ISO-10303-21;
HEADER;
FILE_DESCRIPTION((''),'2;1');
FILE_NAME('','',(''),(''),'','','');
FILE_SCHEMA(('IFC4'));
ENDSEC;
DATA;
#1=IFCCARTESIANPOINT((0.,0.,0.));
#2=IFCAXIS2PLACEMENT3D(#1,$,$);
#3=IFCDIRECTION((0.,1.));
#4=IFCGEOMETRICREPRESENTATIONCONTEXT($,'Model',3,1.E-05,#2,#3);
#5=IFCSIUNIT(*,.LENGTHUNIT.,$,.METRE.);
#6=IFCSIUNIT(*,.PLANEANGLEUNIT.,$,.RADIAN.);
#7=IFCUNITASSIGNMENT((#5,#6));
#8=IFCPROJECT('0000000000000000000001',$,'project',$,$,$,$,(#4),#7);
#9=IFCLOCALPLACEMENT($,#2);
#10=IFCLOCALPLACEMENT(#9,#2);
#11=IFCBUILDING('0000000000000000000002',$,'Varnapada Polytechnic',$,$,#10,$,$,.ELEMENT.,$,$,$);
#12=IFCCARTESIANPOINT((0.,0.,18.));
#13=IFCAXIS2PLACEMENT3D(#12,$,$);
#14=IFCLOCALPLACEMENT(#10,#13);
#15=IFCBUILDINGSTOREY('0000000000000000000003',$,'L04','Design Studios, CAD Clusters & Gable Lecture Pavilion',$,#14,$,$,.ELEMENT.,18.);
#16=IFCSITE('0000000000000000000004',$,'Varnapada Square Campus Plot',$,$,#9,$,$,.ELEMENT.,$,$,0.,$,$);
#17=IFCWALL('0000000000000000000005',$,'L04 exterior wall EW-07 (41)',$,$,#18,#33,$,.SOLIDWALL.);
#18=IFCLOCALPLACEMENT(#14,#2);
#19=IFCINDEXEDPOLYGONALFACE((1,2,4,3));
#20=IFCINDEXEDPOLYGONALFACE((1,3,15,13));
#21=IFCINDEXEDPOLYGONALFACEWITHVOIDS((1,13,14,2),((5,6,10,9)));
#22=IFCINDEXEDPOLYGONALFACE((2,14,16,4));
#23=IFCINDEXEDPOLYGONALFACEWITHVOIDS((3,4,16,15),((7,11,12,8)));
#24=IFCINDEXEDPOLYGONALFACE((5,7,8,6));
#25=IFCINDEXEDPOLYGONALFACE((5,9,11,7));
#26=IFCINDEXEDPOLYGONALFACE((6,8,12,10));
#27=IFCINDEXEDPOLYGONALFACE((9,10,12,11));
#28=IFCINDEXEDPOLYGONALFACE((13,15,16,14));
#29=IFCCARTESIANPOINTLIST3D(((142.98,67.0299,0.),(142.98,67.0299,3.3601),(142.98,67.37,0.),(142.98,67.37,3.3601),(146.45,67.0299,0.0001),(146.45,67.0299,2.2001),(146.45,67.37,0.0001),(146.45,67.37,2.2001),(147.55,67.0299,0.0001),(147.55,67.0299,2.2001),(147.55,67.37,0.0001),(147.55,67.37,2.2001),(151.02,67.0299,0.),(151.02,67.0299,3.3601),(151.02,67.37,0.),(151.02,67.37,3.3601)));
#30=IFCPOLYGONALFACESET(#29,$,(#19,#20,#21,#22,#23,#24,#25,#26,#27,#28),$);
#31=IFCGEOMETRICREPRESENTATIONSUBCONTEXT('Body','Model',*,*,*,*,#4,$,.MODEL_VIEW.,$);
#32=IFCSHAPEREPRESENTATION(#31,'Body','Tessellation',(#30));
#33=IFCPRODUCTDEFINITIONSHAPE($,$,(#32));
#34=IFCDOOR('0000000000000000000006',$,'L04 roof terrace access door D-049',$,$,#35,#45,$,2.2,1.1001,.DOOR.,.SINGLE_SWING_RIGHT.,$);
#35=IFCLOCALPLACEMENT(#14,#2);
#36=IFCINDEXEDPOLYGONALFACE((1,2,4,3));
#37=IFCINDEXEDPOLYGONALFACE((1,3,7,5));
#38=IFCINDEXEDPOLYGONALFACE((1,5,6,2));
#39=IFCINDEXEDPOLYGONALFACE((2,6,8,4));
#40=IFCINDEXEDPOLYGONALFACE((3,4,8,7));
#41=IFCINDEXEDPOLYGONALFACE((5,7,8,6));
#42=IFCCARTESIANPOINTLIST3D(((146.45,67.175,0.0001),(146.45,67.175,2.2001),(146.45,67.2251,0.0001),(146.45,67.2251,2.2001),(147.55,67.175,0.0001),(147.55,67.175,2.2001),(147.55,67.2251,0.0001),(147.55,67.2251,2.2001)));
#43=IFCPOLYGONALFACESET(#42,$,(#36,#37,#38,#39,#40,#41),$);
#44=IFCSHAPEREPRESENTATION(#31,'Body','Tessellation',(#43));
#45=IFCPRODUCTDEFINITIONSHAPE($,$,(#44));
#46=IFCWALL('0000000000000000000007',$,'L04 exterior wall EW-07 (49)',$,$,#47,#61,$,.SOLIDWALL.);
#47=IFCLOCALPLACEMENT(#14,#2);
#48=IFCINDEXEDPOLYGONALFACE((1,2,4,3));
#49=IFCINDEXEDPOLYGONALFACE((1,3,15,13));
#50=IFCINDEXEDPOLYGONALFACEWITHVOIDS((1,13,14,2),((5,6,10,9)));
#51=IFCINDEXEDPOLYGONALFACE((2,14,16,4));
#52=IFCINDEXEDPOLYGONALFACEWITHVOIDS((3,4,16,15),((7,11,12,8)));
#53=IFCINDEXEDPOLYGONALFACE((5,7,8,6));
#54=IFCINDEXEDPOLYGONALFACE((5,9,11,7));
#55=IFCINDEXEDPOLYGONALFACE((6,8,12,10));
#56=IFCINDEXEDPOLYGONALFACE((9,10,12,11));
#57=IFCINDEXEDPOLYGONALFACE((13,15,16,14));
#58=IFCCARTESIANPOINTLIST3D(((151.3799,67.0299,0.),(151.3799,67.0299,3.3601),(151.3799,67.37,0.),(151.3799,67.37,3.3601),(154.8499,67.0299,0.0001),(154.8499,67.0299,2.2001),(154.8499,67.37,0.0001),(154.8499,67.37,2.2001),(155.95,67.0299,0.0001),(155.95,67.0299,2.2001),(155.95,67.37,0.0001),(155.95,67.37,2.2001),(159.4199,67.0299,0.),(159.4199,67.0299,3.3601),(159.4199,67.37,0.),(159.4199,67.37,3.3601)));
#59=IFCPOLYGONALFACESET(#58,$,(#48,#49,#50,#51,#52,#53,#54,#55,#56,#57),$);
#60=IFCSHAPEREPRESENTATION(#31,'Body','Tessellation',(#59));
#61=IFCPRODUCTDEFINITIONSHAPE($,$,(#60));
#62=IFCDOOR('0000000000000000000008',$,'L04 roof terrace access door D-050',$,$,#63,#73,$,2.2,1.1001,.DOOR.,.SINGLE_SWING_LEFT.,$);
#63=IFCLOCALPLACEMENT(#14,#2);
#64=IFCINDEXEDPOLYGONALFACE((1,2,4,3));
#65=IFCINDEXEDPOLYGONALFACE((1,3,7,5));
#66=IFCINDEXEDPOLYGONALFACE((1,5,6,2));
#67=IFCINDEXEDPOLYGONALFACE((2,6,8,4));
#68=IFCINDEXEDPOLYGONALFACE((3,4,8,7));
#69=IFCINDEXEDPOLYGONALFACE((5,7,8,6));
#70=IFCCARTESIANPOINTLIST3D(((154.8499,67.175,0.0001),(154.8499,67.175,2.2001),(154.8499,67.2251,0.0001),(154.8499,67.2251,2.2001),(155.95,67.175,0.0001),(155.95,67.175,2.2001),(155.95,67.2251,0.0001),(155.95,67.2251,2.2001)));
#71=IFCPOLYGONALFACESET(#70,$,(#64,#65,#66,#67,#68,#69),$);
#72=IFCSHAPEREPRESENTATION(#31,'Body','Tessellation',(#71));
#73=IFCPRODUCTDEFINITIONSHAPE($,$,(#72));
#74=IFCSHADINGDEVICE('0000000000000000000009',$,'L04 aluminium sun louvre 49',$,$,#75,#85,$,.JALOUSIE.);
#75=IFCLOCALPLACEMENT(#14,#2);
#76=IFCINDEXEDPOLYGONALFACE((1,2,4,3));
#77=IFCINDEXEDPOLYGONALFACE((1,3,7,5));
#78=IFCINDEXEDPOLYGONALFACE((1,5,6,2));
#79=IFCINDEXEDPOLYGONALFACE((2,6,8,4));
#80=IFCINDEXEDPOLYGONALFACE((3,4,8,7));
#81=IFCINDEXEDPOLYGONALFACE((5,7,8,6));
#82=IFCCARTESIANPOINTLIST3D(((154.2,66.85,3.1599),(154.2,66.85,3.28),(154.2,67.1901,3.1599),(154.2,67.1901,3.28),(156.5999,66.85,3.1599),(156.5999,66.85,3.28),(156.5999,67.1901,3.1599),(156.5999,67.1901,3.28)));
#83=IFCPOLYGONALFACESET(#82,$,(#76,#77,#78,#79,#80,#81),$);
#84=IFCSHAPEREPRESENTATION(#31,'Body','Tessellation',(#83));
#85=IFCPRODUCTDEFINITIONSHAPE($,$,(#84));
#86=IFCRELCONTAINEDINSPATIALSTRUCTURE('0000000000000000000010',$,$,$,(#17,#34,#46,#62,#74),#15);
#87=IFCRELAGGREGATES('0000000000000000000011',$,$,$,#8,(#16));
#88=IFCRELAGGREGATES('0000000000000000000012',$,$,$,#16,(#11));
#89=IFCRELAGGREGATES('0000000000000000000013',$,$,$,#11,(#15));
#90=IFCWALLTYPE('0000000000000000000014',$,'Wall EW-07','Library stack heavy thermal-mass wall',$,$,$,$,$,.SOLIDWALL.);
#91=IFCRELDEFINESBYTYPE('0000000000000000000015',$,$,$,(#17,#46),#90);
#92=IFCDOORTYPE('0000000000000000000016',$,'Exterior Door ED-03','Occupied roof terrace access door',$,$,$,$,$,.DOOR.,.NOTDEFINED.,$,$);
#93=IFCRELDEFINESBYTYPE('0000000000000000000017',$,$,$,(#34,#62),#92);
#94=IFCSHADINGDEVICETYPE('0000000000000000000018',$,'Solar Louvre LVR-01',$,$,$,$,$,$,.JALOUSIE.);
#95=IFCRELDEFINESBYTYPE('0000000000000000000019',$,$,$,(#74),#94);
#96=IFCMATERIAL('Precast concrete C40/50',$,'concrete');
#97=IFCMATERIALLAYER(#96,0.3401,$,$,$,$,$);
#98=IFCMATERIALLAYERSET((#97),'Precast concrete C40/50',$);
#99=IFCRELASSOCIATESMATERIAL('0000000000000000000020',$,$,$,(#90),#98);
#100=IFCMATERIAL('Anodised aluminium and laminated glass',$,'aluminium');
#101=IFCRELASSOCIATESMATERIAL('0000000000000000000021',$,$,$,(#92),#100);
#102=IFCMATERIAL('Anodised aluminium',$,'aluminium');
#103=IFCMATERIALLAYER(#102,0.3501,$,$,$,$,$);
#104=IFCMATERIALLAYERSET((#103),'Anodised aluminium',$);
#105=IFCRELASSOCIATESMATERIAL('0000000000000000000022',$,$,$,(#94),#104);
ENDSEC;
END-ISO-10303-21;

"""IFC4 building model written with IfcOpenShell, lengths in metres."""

from ifc_helpers import new_model, si_unit, direction, frame, frame_2d, origin, origin_2d, place, context, subcontext, project, spatial, rectangle, extrude, material, layer, layer_set, type_object, element, fill, save


model = new_model("IFC4")

# Units and contexts
model_context = context("Model", 3, precision=1e-05, world=origin(), true_north=direction((0.0, 1.0)))
body_context = subcontext(model_context, "Body", "Model", "MODEL_VIEW")
ifc_project = project(units=[si_unit("LENGTHUNIT", "METRE"), si_unit("PLANEANGLEUNIT", "RADIAN")], contexts=[model_context])

# Site, building, storey
site_placement = place(None, origin())
site = spatial("IfcSite", under=ifc_project, at=site_placement, Name="Varnapada Square Campus Plot", CompositionType="ELEMENT", RefElevation=0.0)
building_placement = place(site_placement, origin())
building = spatial("IfcBuilding", under=site, at=building_placement, Name="Varnapada Polytechnic", CompositionType="ELEMENT")
storey_placement = place(building_placement, frame((0.0, 0.0, 18.0)))
storey = spatial("IfcBuildingStorey", under=building, at=storey_placement, Name="L04", Description="Design Studios, CAD Clusters & Gable Lecture Pavilion", CompositionType="ELEMENT", Elevation=18.0)

# Walls, openings, doors
ifc_material_1 = material(Name="Precast concrete C40/50", Category="concrete")
ifc_layer_1 = layer(ifc_material_1, 0.3401)
ifc_layer_set_1 = layer_set([ifc_layer_1], Name="Precast concrete C40/50")
wall_type = type_object("IfcWallType", Name="Wall EW-07", Description="Library stack heavy thermal-mass wall", PredefinedType="SOLIDWALL", material=ifc_layer_set_1)
wall_1_placement = place(storey_placement, frame((151.02, 67.2, 0.0), z_axis=(0.0, 0.0, 1.0), x_axis=(-1.0, 0.0, 0.0)))
wall_1 = element("IfcWall", 1, at=wall_1_placement, inside=storey, type_object=wall_type, Name="L04 exterior wall EW-07 (41)", PredefinedType="SOLIDWALL", context=body_context, shape_type="SweptSolid", body=[
    extrude(rectangle(XDim=8.04, YDim=0.3401, at=frame_2d((4.02, 0.0))), origin(), (0.0, 0.0, 1.0), 3.3601),
])
opening_1_placement = place(wall_1_placement, frame((3.47, 0.0, 0.0)))
opening_1 = element("IfcOpeningElement", 2, at=opening_1_placement, cuts=wall_1, PredefinedType="OPENING", context=body_context, shape_type="SweptSolid", body=[
    extrude(rectangle(XDim=1.1001, YDim=2.2, at=frame_2d((0.55, 1.1001))), frame((0.0, 0.1799, 0.0), z_axis=(0.0, -1.0, 0.0), x_axis=(1.0, 0.0, 0.0)), (0.0, 0.0, 1.0), 0.3601),
])
ifc_material_2 = material(Name="Anodised aluminium and laminated glass", Category="aluminium")
door_type = type_object("IfcDoorType", Name="Exterior Door ED-03", Description="Occupied roof terrace access door", OperationType="NOTDEFINED", PredefinedType="DOOR", material=ifc_material_2)
door_1_placement = place(opening_1_placement, origin())
door_1 = element("IfcDoor", 3, at=door_1_placement, inside=storey, type_object=door_type, Name="L04 roof terrace access door D-049", OperationType="SINGLE_SWING_RIGHT", OverallHeight=2.2, OverallWidth=1.1001, PredefinedType="DOOR", context=body_context, shape_type="SweptSolid", body=[
    extrude(rectangle(XDim=1.1001, YDim=2.2, at=frame_2d((0.55, 1.1001))), frame((0.0, 0.0249, 0.0), z_axis=(0.0, -1.0, 0.0), x_axis=(1.0, 0.0, 0.0)), (0.0, 0.0, 1.0), 0.05),
])
fill(opening_1, door_1)
wall_2_placement = place(storey_placement, frame((159.4199, 67.2, 0.0), z_axis=(0.0, 0.0, 1.0), x_axis=(-1.0, 0.0, 0.0)))
wall_2 = element("IfcWall", 4, at=wall_2_placement, inside=storey, type_object=wall_type, Name="L04 exterior wall EW-07 (49)", PredefinedType="SOLIDWALL", context=body_context, shape_type="SweptSolid", body=[
    extrude(rectangle(XDim=8.04, YDim=0.3401, at=frame_2d((4.02, 0.0))), origin(), (0.0, 0.0, 1.0), 3.3601),
])
opening_2_placement = place(wall_2_placement, frame((3.47, 0.0, 0.0)))
opening_2 = element("IfcOpeningElement", 5, at=opening_2_placement, cuts=wall_2, PredefinedType="OPENING", context=body_context, shape_type="SweptSolid", body=[
    extrude(rectangle(XDim=1.1001, YDim=2.2, at=frame_2d((0.55, 1.1001))), frame((0.0, 0.1799, 0.0), z_axis=(0.0, -1.0, 0.0), x_axis=(1.0, 0.0, 0.0)), (0.0, 0.0, 1.0), 0.3601),
])
door_2_placement = place(opening_2_placement, origin())
door_2 = element("IfcDoor", 6, at=door_2_placement, inside=storey, type_object=door_type, Name="L04 roof terrace access door D-050", OperationType="SINGLE_SWING_LEFT", OverallHeight=2.2, OverallWidth=1.1001, PredefinedType="DOOR", context=body_context, shape_type="SweptSolid", body=[
    extrude(rectangle(XDim=1.1001, YDim=2.2, at=frame_2d((0.55, 1.1001))), frame((0.0, 0.0249, 0.0), z_axis=(0.0, -1.0, 0.0), x_axis=(1.0, 0.0, 0.0)), (0.0, 0.0, 1.0), 0.05),
])
fill(opening_2, door_2)

# Shading device
ifc_material_3 = material(Name="Anodised aluminium", Category="aluminium")
ifc_layer_2 = layer(ifc_material_3, 0.3501)
ifc_layer_set_2 = layer_set([ifc_layer_2], Name="Anodised aluminium")
shading_device_type = type_object("IfcShadingDeviceType", Name="Solar Louvre LVR-01", PredefinedType="JALOUSIE", material=ifc_layer_set_2)
shading_device_placement = place(storey_placement, frame((155.3999, 67.02, 3.1599), z_axis=(0.0, 0.0, 1.0), x_axis=(-1.0, 0.0, 0.0)))
element("IfcShadingDevice", 7, at=shading_device_placement, inside=storey, type_object=shading_device_type, Name="L04 aluminium sun louvre 49", PredefinedType="JALOUSIE", context=body_context, shape_type="SweptSolid", body=[
    extrude(rectangle(XDim=2.3999, YDim=0.3401, at=origin_2d()), origin(), (0.0, 0.0, 1.0), 0.1201),
])

save(model, "model.ifc")
